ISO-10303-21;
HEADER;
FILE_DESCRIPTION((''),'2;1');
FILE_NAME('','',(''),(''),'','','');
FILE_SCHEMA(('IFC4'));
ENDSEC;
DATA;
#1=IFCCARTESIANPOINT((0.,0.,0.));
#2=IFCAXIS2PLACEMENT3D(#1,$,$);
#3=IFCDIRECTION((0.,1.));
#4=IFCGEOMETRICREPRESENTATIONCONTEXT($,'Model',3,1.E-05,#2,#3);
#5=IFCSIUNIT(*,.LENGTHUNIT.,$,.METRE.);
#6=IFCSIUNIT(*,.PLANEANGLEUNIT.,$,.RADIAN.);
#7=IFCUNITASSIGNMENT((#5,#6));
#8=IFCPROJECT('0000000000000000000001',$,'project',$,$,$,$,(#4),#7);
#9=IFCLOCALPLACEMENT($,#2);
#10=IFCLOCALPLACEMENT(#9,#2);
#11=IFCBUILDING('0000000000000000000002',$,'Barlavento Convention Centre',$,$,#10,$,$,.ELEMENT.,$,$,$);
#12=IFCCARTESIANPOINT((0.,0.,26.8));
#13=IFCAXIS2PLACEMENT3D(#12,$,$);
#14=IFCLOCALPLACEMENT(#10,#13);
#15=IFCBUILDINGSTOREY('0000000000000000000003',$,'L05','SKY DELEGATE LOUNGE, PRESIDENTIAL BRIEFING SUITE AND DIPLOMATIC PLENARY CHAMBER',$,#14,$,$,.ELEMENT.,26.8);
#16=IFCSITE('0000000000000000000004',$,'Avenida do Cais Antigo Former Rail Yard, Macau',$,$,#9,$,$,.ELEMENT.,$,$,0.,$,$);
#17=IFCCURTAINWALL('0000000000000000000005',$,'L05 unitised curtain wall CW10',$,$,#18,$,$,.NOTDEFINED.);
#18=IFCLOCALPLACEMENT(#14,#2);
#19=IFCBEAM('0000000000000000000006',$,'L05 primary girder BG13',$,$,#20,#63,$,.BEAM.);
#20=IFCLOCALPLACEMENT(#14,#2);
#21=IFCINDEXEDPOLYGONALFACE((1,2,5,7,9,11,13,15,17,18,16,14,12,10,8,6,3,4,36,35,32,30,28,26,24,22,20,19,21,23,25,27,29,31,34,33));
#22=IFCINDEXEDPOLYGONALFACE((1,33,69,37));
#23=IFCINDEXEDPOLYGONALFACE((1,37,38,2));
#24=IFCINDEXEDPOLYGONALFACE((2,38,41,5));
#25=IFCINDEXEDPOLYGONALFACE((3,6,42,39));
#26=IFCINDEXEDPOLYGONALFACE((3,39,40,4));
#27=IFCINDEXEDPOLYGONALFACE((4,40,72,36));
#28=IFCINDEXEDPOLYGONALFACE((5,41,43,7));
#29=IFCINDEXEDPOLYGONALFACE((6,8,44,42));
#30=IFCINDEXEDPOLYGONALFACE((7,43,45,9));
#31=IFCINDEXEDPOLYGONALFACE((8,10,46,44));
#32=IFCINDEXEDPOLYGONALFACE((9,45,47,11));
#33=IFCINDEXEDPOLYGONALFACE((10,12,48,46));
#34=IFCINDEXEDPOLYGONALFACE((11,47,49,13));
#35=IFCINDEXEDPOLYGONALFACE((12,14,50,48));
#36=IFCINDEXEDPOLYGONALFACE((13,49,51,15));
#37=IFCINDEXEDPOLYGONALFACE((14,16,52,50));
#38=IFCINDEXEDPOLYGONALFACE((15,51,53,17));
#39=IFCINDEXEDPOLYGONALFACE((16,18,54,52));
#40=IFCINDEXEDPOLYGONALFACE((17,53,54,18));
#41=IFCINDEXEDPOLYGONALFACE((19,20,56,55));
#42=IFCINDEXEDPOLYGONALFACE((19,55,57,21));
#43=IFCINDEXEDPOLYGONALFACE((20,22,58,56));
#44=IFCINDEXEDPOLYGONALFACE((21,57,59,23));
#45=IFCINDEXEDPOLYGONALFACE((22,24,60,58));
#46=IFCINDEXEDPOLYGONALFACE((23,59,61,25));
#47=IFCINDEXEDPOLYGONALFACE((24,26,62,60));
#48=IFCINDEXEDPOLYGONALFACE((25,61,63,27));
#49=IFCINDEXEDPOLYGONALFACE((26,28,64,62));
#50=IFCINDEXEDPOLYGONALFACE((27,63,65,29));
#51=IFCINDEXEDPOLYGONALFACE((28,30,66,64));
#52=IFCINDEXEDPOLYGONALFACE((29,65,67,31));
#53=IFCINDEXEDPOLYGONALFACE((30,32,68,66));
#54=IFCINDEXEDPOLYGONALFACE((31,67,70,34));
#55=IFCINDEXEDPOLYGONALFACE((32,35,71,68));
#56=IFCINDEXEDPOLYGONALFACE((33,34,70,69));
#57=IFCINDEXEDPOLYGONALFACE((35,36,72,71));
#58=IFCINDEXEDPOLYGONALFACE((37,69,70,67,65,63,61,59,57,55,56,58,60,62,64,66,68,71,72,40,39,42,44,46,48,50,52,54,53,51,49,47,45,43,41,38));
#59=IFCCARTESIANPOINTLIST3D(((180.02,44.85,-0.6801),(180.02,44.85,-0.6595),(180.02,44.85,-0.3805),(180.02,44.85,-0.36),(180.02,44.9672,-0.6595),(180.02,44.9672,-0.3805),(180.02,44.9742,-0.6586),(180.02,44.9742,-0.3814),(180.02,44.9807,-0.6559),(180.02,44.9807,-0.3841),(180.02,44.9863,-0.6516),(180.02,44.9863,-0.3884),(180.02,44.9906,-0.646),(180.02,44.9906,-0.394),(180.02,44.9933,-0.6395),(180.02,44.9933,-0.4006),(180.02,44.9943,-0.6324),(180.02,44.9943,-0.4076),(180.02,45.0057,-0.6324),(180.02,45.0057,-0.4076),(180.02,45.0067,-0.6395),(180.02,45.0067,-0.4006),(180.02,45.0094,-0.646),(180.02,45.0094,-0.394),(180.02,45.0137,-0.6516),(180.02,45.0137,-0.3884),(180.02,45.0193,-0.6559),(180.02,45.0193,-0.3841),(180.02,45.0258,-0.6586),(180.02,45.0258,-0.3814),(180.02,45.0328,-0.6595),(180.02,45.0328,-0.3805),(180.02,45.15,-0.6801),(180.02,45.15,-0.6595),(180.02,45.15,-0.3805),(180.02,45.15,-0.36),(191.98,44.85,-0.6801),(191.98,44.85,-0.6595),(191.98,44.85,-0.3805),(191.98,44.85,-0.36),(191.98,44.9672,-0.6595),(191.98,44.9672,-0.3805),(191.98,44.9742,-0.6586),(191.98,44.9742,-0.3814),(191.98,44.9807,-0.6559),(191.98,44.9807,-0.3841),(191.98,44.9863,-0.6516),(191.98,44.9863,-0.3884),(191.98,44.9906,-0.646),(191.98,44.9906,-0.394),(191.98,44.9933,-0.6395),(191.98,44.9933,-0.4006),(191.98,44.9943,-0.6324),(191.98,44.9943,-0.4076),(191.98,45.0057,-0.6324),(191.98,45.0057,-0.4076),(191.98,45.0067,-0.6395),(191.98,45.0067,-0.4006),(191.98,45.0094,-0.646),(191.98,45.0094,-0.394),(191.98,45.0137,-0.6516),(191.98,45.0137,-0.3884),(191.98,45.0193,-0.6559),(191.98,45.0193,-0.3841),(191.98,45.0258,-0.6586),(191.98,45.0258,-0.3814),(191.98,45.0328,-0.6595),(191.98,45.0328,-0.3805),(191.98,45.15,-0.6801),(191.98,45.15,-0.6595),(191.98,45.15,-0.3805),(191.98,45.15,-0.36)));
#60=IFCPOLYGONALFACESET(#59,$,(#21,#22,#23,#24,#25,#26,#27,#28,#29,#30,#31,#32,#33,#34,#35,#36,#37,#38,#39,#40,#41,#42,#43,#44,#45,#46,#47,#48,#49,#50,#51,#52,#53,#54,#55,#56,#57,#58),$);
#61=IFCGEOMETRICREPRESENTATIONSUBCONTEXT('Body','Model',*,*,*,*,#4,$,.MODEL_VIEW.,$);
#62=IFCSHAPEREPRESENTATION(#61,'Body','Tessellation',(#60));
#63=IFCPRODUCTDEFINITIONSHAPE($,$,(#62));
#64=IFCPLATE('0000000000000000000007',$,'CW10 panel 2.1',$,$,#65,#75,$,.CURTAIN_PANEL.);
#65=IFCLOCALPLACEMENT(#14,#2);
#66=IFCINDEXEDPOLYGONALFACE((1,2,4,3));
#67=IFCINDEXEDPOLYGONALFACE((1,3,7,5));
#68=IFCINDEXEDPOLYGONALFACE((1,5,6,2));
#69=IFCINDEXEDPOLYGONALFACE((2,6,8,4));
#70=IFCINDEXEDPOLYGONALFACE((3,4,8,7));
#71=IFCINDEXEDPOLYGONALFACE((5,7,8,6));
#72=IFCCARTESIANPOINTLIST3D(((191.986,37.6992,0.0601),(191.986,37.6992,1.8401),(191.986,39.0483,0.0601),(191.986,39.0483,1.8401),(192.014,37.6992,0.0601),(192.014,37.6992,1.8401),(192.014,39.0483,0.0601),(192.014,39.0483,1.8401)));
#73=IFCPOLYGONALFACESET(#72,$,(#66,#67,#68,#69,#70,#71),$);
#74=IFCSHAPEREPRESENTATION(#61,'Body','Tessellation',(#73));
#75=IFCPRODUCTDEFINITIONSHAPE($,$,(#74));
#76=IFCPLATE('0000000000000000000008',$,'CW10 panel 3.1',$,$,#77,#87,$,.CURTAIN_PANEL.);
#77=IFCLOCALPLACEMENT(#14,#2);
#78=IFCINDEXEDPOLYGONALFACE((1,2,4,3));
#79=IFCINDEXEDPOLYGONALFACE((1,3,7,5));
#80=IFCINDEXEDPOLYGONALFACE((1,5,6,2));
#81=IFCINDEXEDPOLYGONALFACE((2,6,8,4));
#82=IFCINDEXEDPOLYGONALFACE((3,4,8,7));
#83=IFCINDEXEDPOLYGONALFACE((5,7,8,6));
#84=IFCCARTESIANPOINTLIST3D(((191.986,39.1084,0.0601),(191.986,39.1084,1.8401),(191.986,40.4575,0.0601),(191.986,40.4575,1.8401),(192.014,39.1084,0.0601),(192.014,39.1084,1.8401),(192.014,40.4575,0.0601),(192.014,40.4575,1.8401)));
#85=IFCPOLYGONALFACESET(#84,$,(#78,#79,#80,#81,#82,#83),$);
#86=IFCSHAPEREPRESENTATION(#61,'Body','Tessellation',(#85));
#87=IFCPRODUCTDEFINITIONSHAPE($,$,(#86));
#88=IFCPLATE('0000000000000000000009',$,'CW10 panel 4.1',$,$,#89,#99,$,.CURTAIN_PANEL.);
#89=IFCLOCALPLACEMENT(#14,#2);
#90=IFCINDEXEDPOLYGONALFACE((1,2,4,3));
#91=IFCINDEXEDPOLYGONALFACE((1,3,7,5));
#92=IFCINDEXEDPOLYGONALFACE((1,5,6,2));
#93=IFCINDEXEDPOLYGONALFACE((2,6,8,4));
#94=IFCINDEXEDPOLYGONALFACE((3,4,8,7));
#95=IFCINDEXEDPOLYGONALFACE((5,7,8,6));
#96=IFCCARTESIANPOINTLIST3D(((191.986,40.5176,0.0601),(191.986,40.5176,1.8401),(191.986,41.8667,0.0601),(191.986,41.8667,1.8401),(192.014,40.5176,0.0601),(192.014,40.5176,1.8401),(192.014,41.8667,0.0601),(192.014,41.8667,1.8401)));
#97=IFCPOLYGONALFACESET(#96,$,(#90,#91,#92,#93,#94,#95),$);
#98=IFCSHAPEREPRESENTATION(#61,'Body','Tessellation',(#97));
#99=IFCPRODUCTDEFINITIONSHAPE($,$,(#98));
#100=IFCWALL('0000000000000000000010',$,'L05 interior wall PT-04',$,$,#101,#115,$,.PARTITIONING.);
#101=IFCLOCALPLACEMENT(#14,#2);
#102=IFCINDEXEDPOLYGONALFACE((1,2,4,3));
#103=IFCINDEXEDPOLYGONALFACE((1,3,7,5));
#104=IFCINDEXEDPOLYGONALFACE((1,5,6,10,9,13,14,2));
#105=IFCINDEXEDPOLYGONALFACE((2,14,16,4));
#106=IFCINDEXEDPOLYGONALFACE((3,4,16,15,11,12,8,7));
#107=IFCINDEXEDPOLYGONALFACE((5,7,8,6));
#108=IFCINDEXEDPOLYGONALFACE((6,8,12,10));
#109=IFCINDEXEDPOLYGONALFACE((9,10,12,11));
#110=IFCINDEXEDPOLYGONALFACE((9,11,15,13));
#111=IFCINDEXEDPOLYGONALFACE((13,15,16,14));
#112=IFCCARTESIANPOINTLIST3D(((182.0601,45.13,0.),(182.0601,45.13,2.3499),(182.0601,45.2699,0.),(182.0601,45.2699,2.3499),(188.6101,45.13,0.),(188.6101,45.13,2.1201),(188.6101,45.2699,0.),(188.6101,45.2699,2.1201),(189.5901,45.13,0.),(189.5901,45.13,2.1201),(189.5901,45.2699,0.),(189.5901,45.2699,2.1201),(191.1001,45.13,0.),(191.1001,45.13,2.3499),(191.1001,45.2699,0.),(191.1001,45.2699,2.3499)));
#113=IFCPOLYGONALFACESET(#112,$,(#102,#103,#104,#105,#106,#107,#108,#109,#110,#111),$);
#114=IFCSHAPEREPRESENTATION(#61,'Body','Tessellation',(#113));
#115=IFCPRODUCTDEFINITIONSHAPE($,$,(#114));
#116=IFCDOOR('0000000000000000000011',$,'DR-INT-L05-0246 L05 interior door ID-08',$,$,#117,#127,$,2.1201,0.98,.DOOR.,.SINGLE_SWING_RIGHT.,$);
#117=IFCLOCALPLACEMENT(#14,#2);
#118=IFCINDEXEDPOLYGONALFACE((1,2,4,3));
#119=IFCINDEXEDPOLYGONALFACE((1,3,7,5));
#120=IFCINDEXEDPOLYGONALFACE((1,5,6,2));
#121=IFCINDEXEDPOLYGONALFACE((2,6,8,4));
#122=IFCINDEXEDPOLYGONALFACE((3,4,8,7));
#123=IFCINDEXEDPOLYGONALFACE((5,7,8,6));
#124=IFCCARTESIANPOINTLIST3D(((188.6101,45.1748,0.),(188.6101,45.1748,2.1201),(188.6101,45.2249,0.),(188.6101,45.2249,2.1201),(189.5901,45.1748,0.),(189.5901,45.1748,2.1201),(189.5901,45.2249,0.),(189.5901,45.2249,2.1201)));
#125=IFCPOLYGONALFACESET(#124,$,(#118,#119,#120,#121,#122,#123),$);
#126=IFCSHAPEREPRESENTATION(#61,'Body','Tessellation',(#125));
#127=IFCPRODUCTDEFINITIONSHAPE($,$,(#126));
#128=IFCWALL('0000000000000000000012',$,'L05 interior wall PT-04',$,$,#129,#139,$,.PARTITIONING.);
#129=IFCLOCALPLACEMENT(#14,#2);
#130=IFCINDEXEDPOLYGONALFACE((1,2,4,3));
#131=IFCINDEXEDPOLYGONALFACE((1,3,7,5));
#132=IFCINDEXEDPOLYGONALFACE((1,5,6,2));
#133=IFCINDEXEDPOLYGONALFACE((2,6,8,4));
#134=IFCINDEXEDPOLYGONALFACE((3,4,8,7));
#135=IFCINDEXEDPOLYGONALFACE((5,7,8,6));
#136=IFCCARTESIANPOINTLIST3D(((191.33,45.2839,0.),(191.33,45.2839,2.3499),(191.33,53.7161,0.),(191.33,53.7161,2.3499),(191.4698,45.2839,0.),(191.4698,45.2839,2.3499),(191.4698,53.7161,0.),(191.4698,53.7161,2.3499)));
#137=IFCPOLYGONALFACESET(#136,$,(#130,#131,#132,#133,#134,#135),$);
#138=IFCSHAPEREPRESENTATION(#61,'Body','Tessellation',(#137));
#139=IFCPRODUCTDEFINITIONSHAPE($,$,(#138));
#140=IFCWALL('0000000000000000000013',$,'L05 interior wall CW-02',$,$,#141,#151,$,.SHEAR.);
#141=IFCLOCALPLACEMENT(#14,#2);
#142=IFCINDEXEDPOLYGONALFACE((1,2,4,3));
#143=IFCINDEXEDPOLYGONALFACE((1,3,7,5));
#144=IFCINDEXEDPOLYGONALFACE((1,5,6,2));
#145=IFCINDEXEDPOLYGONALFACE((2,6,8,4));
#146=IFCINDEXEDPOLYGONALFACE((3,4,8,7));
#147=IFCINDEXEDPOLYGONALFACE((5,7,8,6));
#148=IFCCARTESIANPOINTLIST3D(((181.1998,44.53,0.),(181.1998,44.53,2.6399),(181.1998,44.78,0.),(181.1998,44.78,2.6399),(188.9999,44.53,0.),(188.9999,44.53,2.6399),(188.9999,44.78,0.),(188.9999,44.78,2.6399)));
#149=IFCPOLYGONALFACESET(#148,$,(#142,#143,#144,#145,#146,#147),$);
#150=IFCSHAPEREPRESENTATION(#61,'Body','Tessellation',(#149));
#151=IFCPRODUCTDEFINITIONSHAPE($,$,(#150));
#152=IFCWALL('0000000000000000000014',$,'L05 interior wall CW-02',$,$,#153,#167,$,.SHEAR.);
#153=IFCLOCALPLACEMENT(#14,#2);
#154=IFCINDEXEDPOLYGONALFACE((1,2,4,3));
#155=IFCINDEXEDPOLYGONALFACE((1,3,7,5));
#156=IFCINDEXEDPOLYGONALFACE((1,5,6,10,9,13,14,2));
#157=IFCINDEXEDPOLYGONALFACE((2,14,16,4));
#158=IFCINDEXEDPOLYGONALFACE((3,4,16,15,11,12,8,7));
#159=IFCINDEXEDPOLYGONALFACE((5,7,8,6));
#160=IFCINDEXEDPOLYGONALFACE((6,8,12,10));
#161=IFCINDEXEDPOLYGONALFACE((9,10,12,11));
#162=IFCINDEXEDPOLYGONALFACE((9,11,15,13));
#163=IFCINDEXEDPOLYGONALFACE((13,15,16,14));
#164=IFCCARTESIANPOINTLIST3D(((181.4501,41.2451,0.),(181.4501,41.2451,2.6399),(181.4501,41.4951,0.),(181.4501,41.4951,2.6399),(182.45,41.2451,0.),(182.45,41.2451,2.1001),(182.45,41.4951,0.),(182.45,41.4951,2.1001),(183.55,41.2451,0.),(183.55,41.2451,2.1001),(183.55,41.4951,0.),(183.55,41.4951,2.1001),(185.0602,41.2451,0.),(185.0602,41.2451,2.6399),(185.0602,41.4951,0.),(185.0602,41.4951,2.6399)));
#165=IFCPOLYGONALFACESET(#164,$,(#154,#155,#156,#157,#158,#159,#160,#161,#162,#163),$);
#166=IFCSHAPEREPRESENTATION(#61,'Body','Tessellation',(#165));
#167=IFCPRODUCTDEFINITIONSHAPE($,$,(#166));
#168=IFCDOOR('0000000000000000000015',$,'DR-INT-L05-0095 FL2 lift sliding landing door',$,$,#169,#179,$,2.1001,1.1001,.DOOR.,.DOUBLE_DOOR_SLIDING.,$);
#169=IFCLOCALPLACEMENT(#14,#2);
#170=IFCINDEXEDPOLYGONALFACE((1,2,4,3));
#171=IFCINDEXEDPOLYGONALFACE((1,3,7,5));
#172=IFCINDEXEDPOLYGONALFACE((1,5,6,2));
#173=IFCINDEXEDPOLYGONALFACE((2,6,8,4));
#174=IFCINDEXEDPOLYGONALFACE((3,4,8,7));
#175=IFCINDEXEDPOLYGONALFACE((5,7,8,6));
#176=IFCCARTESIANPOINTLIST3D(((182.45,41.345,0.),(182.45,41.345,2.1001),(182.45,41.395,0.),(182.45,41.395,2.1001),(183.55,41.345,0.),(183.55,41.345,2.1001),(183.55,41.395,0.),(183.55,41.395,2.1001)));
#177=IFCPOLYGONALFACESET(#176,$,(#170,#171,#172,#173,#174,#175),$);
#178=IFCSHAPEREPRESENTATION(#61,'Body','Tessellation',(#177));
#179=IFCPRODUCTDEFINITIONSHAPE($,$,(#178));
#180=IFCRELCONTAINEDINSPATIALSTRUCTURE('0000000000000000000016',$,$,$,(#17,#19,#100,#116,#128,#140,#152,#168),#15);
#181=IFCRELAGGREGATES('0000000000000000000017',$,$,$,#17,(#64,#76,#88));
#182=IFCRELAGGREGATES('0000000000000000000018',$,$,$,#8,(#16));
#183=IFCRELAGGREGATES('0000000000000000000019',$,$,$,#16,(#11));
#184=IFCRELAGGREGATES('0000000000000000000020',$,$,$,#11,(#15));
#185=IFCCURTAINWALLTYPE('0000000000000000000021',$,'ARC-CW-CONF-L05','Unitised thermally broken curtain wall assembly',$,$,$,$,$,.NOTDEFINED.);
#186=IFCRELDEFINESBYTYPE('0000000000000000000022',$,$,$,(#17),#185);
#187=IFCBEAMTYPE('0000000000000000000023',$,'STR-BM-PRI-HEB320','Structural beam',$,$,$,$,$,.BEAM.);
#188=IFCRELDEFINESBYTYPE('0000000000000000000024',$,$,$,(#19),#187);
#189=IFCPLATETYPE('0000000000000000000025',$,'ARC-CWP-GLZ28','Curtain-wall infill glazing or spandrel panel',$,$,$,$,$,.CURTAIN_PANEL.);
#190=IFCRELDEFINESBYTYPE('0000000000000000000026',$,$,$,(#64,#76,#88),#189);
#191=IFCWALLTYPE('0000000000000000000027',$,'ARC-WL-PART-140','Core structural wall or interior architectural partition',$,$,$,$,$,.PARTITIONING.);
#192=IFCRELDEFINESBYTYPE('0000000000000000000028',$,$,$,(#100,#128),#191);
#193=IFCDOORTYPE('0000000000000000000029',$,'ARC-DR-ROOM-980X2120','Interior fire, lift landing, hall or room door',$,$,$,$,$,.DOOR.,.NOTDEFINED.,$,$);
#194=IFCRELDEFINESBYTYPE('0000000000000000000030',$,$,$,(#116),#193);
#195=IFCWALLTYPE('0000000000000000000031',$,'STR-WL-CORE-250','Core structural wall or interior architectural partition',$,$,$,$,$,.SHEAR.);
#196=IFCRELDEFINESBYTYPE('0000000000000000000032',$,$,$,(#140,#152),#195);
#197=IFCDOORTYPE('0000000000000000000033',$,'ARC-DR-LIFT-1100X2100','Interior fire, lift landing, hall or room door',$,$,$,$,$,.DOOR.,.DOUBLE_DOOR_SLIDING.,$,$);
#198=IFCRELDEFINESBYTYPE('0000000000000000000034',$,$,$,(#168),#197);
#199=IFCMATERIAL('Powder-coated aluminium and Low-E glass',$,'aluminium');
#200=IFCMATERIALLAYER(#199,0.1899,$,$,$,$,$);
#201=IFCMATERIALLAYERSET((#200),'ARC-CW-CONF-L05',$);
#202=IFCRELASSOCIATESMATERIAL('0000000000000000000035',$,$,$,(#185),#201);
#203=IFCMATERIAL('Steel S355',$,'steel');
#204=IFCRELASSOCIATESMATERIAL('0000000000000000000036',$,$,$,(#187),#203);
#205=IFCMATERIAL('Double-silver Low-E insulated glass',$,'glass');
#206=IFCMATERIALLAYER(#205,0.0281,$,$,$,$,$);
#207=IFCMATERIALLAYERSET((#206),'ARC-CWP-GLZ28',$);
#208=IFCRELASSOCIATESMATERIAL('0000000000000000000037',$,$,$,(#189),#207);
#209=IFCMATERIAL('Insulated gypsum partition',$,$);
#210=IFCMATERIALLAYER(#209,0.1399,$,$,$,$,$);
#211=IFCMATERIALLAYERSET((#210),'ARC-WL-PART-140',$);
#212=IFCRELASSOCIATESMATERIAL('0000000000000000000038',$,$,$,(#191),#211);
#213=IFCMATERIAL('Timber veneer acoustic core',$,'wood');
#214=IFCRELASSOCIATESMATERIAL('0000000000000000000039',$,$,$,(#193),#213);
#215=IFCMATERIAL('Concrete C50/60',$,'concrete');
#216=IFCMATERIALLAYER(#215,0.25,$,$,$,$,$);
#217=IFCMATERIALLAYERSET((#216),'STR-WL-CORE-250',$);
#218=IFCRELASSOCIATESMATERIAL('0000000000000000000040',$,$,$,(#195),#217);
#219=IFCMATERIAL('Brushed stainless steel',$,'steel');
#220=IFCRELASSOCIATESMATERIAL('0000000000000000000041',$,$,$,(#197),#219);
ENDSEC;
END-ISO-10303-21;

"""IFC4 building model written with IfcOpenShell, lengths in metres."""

from ifc_helpers import new_model, si_unit, direction, frame, frame_2d, origin, origin_2d, place, context, subcontext, project, spatial, rectangle, i_section, extrude, material, layer, layer_set, material_profile, profile_set, type_object, element, fill, aggregate, save


model = new_model("IFC4")

# Units and contexts
model_context = context("Model", 3, precision=1e-05, world=origin(), true_north=direction((0.0, 1.0)))
body_context = subcontext(model_context, "Body", "Model", "MODEL_VIEW")
ifc_project = project(units=[si_unit("LENGTHUNIT", "METRE"), si_unit("PLANEANGLEUNIT", "RADIAN")], contexts=[model_context])

# Site, building, storey
site_placement = place(None, origin())
site = spatial("IfcSite", under=ifc_project, at=site_placement, Name="Avenida do Cais Antigo Former Rail Yard, Macau", CompositionType="ELEMENT", RefElevation=0.0)
building_placement = place(site_placement, origin())
building = spatial("IfcBuilding", under=site, at=building_placement, Name="Barlavento Convention Centre", CompositionType="ELEMENT")
storey_placement = place(building_placement, frame((0.0, 0.0, 26.8)))
storey = spatial("IfcBuildingStorey", under=building, at=storey_placement, Name="L05", Description="SKY DELEGATE LOUNGE, PRESIDENTIAL BRIEFING SUITE AND DIPLOMATIC PLENARY CHAMBER", CompositionType="ELEMENT", Elevation=26.8)

# Shared definitions
ifc_material_1 = material(Name="Steel S355", Category="steel")

# Curtain wall
ifc_material_2 = material(Name="Powder-coated aluminium and Low-E glass", Category="aluminium")
ifc_layer_1 = layer(ifc_material_2, 0.1899)
ifc_layer_set_1 = layer_set([ifc_layer_1], Name="ARC-CW-CONF-L05")
curtain_wall_type = type_object("IfcCurtainWallType", Name="ARC-CW-CONF-L05", Description="Unitised thermally broken curtain wall assembly", PredefinedType="NOTDEFINED", material=ifc_layer_set_1)
curtain_wall_placement = place(storey_placement, origin())
curtain_wall = element("IfcCurtainWall", 1, at=curtain_wall_placement, inside=storey, type_object=curtain_wall_type, Name="L05 unitised curtain wall CW10", PredefinedType="NOTDEFINED")

# Beam
ifc_material_profile_1 = material_profile(ifc_material_1, i_section(OverallWidth=0.3, OverallDepth=0.3201, WebThickness=0.0115, FlangeThickness=0.0205, FilletRadius=0.0271, at=origin_2d()), Name="HEB 320")
ifc_profile_set_1 = profile_set([ifc_material_profile_1], Name="Steel S355")
beam_type_1 = type_object("IfcBeamType", Name="STR-BM-PRI-HEB320", Description="Structural beam", PredefinedType="BEAM", material=ifc_profile_set_1)
beam_1_placement = place(storey_placement, frame((180.02, 45.0, -0.52), z_axis=(1.0, 0.0, 0.0), x_axis=(0.0, 1.0, 0.0)))
element("IfcBeam", 2, at=beam_1_placement, inside=storey, type_object=beam_type_1, Name="L05 primary girder BG13", PredefinedType="BEAM", context=body_context, shape_type="SweptSolid", body=[
    extrude(i_section(OverallWidth=0.3, OverallDepth=0.3201, WebThickness=0.0115, FlangeThickness=0.0205, FilletRadius=0.0271, at=origin_2d()), origin(), (0.0, 0.0, 1.0), 11.96),
])

# Plates
ifc_material_3 = material(Name="Double-silver Low-E insulated glass", Category="glass")
ifc_layer_2 = layer(ifc_material_3, 0.0281)
ifc_layer_set_2 = layer_set([ifc_layer_2], Name="ARC-CWP-GLZ28")
plate_type = type_object("IfcPlateType", Name="ARC-CWP-GLZ28", Description="Curtain-wall infill glazing or spandrel panel", PredefinedType="CURTAIN_PANEL", material=ifc_layer_set_2)
plate_1_placement = place(storey_placement, frame((192.0, 38.3738, 0.0601), z_axis=(0.0, 0.0, 1.0), x_axis=(0.0, 1.0, 0.0)))
plate_1 = element("IfcPlate", 3, at=plate_1_placement, type_object=plate_type, Name="CW10 panel 2.1", PredefinedType="CURTAIN_PANEL", context=body_context, shape_type="SweptSolid", body=[
    extrude(rectangle(XDim=1.3491, YDim=0.0281, at=origin_2d()), origin(), (0.0, 0.0, 1.0), 1.78),
])
plate_2_placement = place(storey_placement, frame((192.0, 39.783, 0.0601), z_axis=(0.0, 0.0, 1.0), x_axis=(0.0, 1.0, 0.0)))
plate_2 = element("IfcPlate", 4, at=plate_2_placement, type_object=plate_type, Name="CW10 panel 3.1", PredefinedType="CURTAIN_PANEL", context=body_context, shape_type="SweptSolid", body=[
    extrude(rectangle(XDim=1.3491, YDim=0.0281, at=origin_2d()), origin(), (0.0, 0.0, 1.0), 1.78),
])
plate_3_placement = place(storey_placement, frame((192.0, 41.1921, 0.0601), z_axis=(0.0, 0.0, 1.0), x_axis=(0.0, 1.0, 0.0)))
plate_3 = element("IfcPlate", 5, at=plate_3_placement, type_object=plate_type, Name="CW10 panel 4.1", PredefinedType="CURTAIN_PANEL", context=body_context, shape_type="SweptSolid", body=[
    extrude(rectangle(XDim=1.3491, YDim=0.0281, at=origin_2d()), origin(), (0.0, 0.0, 1.0), 1.78),
])
aggregate(curtain_wall, [plate_1, plate_2, plate_3])

# Wall, opening, door
ifc_material_4 = material(Name="Insulated gypsum partition")
ifc_layer_3 = layer(ifc_material_4, 0.1399)
ifc_layer_set_3 = layer_set([ifc_layer_3], Name="ARC-WL-PART-140")
wall_type_1 = type_object("IfcWallType", Name="ARC-WL-PART-140", Description="Core structural wall or interior architectural partition", PredefinedType="PARTITIONING", material=ifc_layer_set_3)
wall_1_placement = place(storey_placement, frame((182.0601, 45.2, 0.0), z_axis=(0.0, 0.0, 1.0), x_axis=(1.0, 0.0, 0.0)))
wall_1 = element("IfcWall", 6, at=wall_1_placement, inside=storey, type_object=wall_type_1, Name="L05 interior wall PT-04", PredefinedType="PARTITIONING", context=body_context, shape_type="SweptSolid", body=[
    extrude(rectangle(XDim=9.04, YDim=0.1399, at=frame_2d((4.52, 0.0))), origin(), (0.0, 0.0, 1.0), 2.3499),
])
opening_1_placement = place(wall_1_placement, frame((6.55, 0.0, 0.0)))
opening_1 = element("IfcOpeningElement", 7, at=opening_1_placement, cuts=wall_1, PredefinedType="OPENING", context=body_context, shape_type="SweptSolid", body=[
    extrude(rectangle(XDim=0.98, YDim=2.1201, at=frame_2d((0.49, 1.0601))), frame((0.0, 0.0798, 0.0), z_axis=(0.0, -1.0, 0.0), x_axis=(1.0, 0.0, 0.0)), (0.0, 0.0, 1.0), 0.1599),
])
ifc_material_5 = material(Name="Timber veneer acoustic core", Category="wood")
door_type_1 = type_object("IfcDoorType", Name="ARC-DR-ROOM-980X2120", Description="Interior fire, lift landing, hall or room door", OperationType="NOTDEFINED", PredefinedType="DOOR", material=ifc_material_5)
door_1_placement = place(opening_1_placement, origin())
door_1 = element("IfcDoor", 8, at=door_1_placement, inside=storey, type_object=door_type_1, Name="DR-INT-L05-0246 L05 interior door ID-08", OperationType="SINGLE_SWING_RIGHT", OverallHeight=2.1201, OverallWidth=0.98, PredefinedType="DOOR", context=body_context, shape_type="SweptSolid", body=[
    extrude(rectangle(XDim=0.98, YDim=2.1201, at=frame_2d((0.49, 1.0601))), frame((0.0, 0.0249, 0.0), z_axis=(0.0, -1.0, 0.0), x_axis=(1.0, 0.0, 0.0)), (0.0, 0.0, 1.0), 0.05),
])
fill(opening_1, door_1)

# Walls
wall_2_placement = place(storey_placement, frame((191.3999, 45.2839, 0.0), z_axis=(0.0, 0.0, 1.0), x_axis=(0.0, 1.0, 0.0)))
element("IfcWall", 9, at=wall_2_placement, inside=storey, type_object=wall_type_1, Name="L05 interior wall PT-04", PredefinedType="PARTITIONING", context=body_context, shape_type="SweptSolid", body=[
    extrude(rectangle(XDim=8.4321, YDim=0.1399, at=frame_2d((4.2161, 0.0))), origin(), (0.0, 0.0, 1.0), 2.3499),
])
ifc_material_6 = material(Name="Concrete C50/60", Category="concrete")
ifc_layer_4 = layer(ifc_material_6, 0.25)
ifc_layer_set_4 = layer_set([ifc_layer_4], Name="STR-WL-CORE-250")
wall_type_2 = type_object("IfcWallType", Name="STR-WL-CORE-250", Description="Core structural wall or interior architectural partition", PredefinedType="SHEAR", material=ifc_layer_set_4)
wall_3_placement = place(storey_placement, frame((181.2, 44.655, 0.0), z_axis=(0.0, 0.0, 1.0), x_axis=(1.0, 0.0, 0.0)))
element("IfcWall", 10, at=wall_3_placement, inside=storey, type_object=wall_type_2, Name="L05 interior wall CW-02", PredefinedType="SHEAR", context=body_context, shape_type="SweptSolid", body=[
    extrude(rectangle(XDim=7.8, YDim=0.25, at=frame_2d((3.8999, 0.0))), origin(), (0.0, 0.0, 1.0), 2.6399),
])

# Wall, opening, door
wall_4_placement = place(storey_placement, frame((181.45, 41.3701, 0.0), z_axis=(0.0, 0.0, 1.0), x_axis=(1.0, 0.0, 0.0)))
wall_4 = element("IfcWall", 11, at=wall_4_placement, inside=storey, type_object=wall_type_2, Name="L05 interior wall CW-02", PredefinedType="SHEAR", context=body_context, shape_type="SweptSolid", body=[
    extrude(rectangle(XDim=3.6101, YDim=0.25, at=frame_2d((1.8052, 0.0))), origin(), (0.0, 0.0, 1.0), 2.6399),
])
opening_2_placement = place(wall_4_placement, frame((1.0, 0.0, 0.0)))
opening_2 = element("IfcOpeningElement", 12, at=opening_2_placement, cuts=wall_4, PredefinedType="OPENING", context=body_context, shape_type="SweptSolid", body=[
    extrude(rectangle(XDim=1.1001, YDim=2.1001, at=frame_2d((0.55, 1.05))), frame((0.0, 0.135, 0.0), z_axis=(0.0, -1.0, 0.0), x_axis=(1.0, 0.0, 0.0)), (0.0, 0.0, 1.0), 0.27),
])
ifc_material_7 = material(Name="Brushed stainless steel", Category="steel")
door_type_2 = type_object("IfcDoorType", Name="ARC-DR-LIFT-1100X2100", Description="Interior fire, lift landing, hall or room door", OperationType="DOUBLE_DOOR_SLIDING", PredefinedType="DOOR", material=ifc_material_7)
door_2_placement = place(opening_2_placement, origin())
door_2 = element("IfcDoor", 13, at=door_2_placement, inside=storey, type_object=door_type_2, Name="DR-INT-L05-0095 FL2 lift sliding landing door", OperationType="DOUBLE_DOOR_SLIDING", OverallHeight=2.1001, OverallWidth=1.1001, PredefinedType="DOOR", context=body_context, shape_type="SweptSolid", body=[
    extrude(rectangle(XDim=1.1001, YDim=2.1001, at=frame_2d((0.55, 1.05))), frame((0.0, 0.0249, 0.0), z_axis=(0.0, -1.0, 0.0), x_axis=(1.0, 0.0, 0.0)), (0.0, 0.0, 1.0), 0.05),
])
fill(opening_2, door_2)

save(model, "model.ifc")
